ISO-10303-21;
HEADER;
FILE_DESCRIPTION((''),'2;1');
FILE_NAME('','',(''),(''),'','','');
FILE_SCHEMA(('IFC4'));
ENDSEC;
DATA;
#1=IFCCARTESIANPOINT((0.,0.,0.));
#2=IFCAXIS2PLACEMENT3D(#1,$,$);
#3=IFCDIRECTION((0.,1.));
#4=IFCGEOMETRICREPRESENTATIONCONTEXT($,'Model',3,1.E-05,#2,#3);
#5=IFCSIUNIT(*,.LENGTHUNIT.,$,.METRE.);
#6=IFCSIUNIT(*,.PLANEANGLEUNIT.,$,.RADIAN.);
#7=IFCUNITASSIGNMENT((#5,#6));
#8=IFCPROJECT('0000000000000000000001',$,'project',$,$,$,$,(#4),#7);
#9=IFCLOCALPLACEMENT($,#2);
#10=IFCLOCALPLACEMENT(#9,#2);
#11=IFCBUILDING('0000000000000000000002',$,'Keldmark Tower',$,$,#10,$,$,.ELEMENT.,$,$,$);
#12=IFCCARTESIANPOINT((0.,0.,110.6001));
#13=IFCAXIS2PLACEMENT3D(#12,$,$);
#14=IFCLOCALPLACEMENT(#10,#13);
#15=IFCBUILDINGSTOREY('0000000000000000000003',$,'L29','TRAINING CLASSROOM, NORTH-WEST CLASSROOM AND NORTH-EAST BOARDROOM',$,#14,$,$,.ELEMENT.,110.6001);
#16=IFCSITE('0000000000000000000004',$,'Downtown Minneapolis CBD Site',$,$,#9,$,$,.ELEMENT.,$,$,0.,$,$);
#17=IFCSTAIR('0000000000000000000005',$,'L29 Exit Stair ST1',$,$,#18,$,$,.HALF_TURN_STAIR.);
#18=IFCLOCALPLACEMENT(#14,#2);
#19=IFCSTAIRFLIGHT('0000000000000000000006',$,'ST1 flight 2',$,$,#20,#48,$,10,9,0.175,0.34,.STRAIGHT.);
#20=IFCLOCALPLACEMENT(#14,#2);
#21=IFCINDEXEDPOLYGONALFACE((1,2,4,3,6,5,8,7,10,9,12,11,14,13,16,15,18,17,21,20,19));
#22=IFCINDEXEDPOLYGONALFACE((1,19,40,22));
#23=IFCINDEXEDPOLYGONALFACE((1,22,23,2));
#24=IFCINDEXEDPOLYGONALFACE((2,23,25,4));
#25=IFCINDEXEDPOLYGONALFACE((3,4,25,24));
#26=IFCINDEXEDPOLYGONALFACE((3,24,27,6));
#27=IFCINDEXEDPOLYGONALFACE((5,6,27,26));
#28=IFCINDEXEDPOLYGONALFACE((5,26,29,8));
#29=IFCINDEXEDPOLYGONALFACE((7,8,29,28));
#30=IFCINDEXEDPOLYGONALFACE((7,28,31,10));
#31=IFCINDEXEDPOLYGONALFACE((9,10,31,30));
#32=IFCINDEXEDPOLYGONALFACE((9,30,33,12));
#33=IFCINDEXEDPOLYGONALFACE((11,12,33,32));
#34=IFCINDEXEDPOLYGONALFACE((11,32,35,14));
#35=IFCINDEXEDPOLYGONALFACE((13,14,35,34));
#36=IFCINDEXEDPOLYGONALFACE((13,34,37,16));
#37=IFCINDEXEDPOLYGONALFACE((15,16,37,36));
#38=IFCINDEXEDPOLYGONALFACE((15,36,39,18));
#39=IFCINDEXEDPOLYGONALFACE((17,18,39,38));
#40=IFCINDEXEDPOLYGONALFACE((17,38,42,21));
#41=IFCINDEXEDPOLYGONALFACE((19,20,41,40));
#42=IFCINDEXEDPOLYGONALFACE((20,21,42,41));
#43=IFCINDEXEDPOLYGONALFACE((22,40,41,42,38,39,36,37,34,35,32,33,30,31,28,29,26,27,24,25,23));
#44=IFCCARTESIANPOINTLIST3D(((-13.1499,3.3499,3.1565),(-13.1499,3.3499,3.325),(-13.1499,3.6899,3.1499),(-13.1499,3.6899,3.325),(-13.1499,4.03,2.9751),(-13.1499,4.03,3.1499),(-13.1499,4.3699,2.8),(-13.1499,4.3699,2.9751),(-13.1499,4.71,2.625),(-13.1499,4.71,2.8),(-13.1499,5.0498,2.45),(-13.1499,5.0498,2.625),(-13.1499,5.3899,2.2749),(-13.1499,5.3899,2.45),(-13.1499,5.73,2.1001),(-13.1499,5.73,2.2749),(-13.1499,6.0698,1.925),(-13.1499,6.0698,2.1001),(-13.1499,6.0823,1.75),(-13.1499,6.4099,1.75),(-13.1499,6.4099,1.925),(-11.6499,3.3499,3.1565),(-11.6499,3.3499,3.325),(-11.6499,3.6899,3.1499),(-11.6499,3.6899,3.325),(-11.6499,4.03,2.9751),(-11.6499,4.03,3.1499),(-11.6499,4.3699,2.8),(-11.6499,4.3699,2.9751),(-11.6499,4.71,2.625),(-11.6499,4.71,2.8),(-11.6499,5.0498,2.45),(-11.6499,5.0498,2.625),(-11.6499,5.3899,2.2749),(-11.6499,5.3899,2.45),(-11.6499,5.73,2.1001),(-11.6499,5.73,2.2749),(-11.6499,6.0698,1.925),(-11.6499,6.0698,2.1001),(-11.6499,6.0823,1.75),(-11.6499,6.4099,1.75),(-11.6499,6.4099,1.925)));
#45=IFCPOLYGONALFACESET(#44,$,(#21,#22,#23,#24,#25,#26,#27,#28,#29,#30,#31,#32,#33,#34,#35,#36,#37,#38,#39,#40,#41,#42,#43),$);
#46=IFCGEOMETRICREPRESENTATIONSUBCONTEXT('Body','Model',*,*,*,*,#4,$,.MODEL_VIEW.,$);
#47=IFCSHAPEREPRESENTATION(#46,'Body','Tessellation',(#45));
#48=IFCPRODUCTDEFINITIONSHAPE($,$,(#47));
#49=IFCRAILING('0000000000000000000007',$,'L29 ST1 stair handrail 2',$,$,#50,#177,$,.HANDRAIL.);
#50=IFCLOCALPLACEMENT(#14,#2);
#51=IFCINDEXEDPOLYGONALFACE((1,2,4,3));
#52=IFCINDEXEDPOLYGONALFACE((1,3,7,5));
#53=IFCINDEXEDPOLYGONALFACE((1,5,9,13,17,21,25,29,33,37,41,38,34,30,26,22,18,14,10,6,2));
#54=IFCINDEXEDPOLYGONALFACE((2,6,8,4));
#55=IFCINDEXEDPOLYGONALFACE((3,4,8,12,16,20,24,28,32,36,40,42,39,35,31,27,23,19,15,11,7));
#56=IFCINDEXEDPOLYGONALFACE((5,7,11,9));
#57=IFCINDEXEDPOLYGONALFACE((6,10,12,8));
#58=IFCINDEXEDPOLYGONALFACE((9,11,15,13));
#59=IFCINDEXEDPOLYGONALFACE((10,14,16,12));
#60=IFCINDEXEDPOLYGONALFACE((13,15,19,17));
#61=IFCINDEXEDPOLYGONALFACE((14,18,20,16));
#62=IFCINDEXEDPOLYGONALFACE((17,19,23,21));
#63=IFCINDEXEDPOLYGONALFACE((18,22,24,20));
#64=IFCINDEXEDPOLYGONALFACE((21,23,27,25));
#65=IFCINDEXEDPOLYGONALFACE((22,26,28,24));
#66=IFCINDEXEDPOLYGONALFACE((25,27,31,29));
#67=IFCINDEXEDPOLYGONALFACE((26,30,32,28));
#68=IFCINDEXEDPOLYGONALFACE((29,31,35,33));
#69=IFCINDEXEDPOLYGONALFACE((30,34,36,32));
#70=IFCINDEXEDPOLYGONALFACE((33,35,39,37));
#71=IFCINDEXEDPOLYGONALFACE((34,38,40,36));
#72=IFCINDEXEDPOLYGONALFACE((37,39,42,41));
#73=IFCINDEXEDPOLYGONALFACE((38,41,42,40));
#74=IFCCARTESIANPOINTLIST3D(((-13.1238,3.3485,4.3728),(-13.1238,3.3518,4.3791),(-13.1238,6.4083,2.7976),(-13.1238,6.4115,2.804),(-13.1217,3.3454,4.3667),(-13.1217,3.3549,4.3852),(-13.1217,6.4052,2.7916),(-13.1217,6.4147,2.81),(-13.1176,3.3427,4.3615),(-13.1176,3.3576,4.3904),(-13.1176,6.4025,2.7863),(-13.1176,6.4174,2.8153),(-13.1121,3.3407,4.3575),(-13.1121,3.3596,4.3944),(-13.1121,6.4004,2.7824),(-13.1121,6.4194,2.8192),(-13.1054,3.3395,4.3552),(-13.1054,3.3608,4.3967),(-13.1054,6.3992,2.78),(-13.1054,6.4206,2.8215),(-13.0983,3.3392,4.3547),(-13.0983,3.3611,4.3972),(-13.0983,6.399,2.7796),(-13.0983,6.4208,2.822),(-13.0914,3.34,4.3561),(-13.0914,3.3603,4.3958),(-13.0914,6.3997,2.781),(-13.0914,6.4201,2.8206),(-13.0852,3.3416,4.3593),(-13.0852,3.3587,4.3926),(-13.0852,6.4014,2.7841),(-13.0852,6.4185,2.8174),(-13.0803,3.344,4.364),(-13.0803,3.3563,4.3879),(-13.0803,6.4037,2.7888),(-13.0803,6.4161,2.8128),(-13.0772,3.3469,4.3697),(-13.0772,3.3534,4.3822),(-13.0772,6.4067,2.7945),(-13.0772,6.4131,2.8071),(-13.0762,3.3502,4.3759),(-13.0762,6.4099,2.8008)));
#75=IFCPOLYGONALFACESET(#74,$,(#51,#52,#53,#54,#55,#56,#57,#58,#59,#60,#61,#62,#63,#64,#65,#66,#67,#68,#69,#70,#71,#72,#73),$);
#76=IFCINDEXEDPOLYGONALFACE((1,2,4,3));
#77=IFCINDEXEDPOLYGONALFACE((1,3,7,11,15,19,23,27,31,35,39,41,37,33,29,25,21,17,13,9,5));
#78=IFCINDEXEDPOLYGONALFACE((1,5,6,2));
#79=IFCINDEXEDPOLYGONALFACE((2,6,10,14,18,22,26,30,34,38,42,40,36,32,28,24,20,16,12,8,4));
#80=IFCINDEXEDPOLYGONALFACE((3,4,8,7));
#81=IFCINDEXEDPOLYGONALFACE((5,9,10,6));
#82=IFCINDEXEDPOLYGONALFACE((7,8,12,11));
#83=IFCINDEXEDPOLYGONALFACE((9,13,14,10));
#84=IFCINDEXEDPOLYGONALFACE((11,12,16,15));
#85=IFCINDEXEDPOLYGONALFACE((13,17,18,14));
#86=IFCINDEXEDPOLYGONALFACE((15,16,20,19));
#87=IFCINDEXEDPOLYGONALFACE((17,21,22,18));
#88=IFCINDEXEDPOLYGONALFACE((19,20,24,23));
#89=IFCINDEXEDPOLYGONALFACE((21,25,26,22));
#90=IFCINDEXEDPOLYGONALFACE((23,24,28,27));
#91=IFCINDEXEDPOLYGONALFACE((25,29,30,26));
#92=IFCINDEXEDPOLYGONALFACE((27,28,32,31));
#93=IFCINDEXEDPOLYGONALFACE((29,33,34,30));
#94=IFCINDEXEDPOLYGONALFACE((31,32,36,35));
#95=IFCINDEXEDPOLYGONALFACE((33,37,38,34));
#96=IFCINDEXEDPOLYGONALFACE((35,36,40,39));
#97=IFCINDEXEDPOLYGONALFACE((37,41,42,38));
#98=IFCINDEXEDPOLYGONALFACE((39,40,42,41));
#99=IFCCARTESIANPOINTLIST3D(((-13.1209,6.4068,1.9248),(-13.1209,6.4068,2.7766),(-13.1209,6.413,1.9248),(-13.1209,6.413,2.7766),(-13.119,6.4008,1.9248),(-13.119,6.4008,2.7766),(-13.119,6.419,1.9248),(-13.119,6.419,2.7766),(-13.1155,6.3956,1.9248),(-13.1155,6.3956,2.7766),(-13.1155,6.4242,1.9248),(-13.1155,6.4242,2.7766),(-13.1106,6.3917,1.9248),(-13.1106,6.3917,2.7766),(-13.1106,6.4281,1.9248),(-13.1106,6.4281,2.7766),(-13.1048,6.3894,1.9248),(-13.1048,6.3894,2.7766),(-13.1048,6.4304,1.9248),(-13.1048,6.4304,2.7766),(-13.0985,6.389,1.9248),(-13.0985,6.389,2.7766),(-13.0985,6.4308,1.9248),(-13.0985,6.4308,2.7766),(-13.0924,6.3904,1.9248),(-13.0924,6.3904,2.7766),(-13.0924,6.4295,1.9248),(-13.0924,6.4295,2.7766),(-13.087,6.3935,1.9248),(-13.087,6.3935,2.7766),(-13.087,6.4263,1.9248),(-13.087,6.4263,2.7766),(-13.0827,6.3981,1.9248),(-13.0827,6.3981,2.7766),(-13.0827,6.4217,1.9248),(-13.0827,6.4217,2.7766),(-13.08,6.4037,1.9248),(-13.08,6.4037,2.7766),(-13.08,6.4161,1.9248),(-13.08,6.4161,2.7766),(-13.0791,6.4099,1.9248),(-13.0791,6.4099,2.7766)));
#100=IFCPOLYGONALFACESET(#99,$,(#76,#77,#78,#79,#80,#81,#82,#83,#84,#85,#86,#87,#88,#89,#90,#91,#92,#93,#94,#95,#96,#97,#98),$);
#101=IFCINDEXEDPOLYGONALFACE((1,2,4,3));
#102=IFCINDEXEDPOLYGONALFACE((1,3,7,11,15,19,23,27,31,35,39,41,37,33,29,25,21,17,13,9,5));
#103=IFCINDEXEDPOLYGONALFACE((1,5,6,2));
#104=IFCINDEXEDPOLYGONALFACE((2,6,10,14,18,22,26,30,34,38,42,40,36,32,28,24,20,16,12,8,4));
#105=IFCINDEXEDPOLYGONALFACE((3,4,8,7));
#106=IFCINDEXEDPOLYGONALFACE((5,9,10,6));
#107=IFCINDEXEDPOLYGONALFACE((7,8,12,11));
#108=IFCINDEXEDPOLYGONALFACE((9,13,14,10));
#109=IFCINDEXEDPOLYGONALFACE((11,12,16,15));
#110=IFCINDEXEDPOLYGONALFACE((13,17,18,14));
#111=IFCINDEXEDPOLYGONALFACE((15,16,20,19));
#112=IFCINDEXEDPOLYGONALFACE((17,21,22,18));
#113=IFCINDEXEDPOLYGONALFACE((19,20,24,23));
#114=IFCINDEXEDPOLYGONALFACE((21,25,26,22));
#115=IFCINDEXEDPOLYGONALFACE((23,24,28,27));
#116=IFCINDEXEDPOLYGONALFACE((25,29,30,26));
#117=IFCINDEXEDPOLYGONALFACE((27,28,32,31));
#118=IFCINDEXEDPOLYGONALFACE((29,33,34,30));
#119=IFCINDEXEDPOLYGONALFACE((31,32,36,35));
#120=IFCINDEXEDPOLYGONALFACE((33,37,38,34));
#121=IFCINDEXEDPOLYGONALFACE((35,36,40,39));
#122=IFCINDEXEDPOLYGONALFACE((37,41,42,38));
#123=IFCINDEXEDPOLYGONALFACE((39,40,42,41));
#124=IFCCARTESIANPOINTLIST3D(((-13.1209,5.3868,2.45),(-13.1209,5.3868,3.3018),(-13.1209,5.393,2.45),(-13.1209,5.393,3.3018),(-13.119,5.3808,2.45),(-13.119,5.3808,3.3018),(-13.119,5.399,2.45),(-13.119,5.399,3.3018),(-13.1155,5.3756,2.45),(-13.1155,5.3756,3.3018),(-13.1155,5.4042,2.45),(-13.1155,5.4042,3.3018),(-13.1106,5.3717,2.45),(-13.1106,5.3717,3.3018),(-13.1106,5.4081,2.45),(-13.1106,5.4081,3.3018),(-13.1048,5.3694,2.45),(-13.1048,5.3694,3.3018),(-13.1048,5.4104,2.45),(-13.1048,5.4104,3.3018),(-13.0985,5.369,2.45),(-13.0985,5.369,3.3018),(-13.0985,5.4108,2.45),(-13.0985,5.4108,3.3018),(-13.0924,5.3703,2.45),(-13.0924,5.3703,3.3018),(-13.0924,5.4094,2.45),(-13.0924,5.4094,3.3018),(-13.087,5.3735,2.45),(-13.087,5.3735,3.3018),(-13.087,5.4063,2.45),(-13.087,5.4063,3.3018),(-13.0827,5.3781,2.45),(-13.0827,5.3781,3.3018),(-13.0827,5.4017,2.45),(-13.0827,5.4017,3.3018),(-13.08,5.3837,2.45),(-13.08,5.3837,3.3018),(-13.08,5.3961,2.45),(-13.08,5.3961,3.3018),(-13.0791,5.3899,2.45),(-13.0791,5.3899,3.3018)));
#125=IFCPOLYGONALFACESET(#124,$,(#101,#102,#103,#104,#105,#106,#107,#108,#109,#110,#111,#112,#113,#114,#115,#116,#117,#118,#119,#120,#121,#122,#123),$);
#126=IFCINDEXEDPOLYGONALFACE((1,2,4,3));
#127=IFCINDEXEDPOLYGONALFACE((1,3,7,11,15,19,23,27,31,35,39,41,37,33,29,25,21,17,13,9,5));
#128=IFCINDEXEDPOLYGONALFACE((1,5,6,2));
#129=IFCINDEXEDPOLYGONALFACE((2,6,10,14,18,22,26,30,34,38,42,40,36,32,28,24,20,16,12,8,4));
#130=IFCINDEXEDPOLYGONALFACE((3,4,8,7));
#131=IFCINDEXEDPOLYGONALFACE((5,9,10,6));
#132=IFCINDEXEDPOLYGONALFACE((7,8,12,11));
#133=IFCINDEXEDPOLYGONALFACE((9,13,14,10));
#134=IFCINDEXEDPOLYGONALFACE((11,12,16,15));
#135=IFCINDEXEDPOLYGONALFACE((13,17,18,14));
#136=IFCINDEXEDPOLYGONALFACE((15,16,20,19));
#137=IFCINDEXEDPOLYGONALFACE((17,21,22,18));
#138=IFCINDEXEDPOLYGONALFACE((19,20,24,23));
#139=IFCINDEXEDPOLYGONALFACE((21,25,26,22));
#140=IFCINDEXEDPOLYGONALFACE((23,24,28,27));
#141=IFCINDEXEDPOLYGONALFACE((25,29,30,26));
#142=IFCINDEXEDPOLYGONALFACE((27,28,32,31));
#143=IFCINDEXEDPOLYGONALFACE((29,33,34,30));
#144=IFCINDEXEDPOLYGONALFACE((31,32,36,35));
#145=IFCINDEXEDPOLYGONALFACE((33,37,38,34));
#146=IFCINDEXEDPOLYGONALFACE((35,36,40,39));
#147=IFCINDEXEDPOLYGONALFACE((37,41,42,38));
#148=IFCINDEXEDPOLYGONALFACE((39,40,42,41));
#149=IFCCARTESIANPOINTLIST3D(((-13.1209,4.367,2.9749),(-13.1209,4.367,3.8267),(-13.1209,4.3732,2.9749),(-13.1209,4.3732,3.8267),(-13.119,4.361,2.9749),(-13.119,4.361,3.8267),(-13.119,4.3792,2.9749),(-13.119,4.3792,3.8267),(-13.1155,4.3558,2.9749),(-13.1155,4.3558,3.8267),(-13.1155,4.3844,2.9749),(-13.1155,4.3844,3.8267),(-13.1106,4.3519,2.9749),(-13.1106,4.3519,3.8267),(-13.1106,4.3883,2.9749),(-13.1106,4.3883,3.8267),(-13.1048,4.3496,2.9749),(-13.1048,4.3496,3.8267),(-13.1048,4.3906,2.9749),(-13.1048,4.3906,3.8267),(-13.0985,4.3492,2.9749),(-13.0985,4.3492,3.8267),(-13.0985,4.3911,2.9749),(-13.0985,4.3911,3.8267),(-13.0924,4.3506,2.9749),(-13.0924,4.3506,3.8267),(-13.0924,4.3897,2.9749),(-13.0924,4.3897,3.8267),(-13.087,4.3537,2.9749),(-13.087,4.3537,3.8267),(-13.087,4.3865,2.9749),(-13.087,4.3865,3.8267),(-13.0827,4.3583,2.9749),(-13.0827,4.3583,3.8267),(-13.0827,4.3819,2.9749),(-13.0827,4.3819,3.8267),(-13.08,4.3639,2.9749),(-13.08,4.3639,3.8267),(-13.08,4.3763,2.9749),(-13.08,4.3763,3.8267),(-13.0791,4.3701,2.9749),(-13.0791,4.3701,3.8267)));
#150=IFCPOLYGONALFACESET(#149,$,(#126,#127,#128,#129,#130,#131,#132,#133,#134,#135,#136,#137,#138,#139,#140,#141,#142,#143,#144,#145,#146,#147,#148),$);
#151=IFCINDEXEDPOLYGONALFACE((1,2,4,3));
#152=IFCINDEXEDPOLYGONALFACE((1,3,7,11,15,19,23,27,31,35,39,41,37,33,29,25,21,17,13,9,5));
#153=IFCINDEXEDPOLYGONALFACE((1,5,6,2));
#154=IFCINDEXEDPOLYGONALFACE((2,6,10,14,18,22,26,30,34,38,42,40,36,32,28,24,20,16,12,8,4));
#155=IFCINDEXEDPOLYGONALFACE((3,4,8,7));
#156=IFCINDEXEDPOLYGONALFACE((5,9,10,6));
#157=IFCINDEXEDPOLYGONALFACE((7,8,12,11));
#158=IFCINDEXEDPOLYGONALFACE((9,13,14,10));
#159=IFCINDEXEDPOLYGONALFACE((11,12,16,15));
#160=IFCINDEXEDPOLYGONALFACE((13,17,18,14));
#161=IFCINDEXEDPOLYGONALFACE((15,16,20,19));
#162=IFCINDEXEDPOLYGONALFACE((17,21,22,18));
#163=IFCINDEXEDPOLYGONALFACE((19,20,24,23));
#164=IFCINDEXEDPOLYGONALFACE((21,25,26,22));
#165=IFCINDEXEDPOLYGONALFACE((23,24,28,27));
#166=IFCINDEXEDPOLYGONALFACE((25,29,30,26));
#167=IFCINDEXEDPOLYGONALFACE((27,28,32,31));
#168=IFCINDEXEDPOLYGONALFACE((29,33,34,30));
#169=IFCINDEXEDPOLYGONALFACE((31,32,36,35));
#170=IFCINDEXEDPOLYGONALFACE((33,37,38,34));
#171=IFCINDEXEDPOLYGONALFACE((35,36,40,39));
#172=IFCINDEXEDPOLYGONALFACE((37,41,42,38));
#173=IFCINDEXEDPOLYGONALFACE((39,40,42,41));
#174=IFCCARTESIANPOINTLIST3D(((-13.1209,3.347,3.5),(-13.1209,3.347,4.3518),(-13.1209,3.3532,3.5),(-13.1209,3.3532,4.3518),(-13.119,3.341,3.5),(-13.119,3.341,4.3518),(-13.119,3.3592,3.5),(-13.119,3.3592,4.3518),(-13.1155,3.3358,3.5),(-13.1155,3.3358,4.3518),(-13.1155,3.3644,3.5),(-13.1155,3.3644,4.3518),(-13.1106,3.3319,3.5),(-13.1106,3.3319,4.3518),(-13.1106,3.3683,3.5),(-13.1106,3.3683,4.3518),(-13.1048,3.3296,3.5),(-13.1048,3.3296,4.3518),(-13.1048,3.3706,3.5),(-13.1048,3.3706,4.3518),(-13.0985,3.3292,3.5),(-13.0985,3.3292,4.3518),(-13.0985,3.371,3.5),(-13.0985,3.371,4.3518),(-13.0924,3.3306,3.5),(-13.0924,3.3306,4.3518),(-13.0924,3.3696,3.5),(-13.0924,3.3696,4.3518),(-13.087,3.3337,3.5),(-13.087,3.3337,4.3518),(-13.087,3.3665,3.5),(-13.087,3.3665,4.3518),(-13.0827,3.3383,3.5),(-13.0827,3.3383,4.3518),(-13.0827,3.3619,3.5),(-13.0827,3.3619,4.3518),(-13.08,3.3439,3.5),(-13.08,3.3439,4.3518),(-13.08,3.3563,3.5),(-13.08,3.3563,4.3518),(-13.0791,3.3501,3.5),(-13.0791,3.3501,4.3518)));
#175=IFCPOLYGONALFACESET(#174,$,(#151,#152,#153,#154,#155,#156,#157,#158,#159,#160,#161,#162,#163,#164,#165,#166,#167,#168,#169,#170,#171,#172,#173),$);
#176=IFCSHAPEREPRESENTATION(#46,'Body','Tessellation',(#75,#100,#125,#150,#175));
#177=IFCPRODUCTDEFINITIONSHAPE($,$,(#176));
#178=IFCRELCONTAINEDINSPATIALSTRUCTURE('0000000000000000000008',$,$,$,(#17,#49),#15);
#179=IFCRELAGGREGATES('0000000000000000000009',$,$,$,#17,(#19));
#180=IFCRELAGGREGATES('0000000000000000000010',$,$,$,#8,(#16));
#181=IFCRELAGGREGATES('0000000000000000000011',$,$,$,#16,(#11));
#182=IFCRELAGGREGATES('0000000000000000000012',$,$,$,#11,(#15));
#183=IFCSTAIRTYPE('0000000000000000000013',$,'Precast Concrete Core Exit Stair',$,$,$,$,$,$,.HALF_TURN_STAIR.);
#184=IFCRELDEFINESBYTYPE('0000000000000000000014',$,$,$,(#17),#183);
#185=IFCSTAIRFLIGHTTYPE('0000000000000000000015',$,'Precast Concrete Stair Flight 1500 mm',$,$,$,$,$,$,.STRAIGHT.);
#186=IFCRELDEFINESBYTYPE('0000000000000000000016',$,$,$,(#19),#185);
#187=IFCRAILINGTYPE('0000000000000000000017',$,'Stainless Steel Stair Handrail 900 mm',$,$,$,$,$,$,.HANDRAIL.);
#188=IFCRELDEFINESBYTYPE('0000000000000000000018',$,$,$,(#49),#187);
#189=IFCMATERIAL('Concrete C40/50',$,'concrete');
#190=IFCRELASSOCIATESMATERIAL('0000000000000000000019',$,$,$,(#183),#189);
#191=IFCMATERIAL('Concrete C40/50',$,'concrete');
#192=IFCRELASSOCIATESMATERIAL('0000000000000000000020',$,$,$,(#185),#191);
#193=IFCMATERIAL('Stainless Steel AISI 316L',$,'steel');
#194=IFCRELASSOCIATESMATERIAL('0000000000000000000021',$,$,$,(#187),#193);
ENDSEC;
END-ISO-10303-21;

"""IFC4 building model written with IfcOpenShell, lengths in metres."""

from ifc_helpers import new_model, si_unit, direction, frame, origin, origin_2d, place, context, subcontext, project, spatial, polyline, circle, outline, extrude, material, type_object, element, aggregate, save


model = new_model("IFC4")

# Units and contexts
model_context = context("Model", 3, precision=1e-05, world=origin(), true_north=direction((0.0, 1.0)))
body_context = subcontext(model_context, "Body", "Model", "MODEL_VIEW")
ifc_project = project(units=[si_unit("LENGTHUNIT", "METRE"), si_unit("PLANEANGLEUNIT", "RADIAN")], contexts=[model_context])

# Site, building, storey
site_placement = place(None, origin())
site = spatial("IfcSite", under=ifc_project, at=site_placement, Name="Downtown Minneapolis CBD Site", CompositionType="ELEMENT", RefElevation=0.0)
building_placement = place(site_placement, origin())
building = spatial("IfcBuilding", under=site, at=building_placement, Name="Keldmark Tower", CompositionType="ELEMENT")
storey_placement = place(building_placement, frame((0.0, 0.0, 110.6001)))
storey = spatial("IfcBuildingStorey", under=building, at=storey_placement, Name="L29", Description="TRAINING CLASSROOM, NORTH-WEST CLASSROOM AND NORTH-EAST BOARDROOM", CompositionType="ELEMENT", Elevation=110.6001)

# Stair, stair flight
ifc_material_1 = material(Name="Concrete C40/50", Category="concrete")
stair_type = type_object("IfcStairType", Name="Precast Concrete Core Exit Stair", PredefinedType="HALF_TURN_STAIR", material=ifc_material_1)
stair_placement = place(storey_placement, origin())
stair = element("IfcStair", 1, at=stair_placement, inside=storey, type_object=stair_type, Name="L29 Exit Stair ST1", PredefinedType="HALF_TURN_STAIR")
ifc_material_2 = material(Name="Concrete C40/50", Category="concrete")
stair_flight_type = type_object("IfcStairFlightType", Name="Precast Concrete Stair Flight 1500 mm", PredefinedType="STRAIGHT", material=ifc_material_2)
stair_flight_placement = place(storey_placement, frame((-12.3999, 6.4099, 1.75), z_axis=(0.0, 0.0, 1.0), x_axis=(0.0, -1.0, 0.0)))
stair_flight = element("IfcStairFlight", 2, at=stair_flight_placement, type_object=stair_flight_type, Name="ST1 flight 2", NumberOfRisers=10, NumberOfTreads=9, PredefinedType="STRAIGHT", RiserHeight=0.175, TreadLength=0.34, context=body_context, shape_type="SweptSolid", body=[
    extrude(outline(polyline([(0.0, 0.0), (0.0, 0.175), (0.3401, 0.175), (0.3401, 0.3501), (0.6799, 0.3501), (0.6799, 0.5249), (1.02, 0.5249), (1.02, 0.7), (1.3601, 0.7), (1.3601, 0.875), (1.7, 0.875), (1.7, 1.05), (2.04, 1.05), (2.04, 1.2251), (2.3799, 1.2251), (2.3799, 1.3999), (2.72, 1.3999), (2.72, 1.575), (3.0601, 1.575), (3.0601, 1.75), (3.0601, 1.4065), (0.3276, 0.0), (0.0, 0.0)])), frame((0.0, 0.75, 0.0), z_axis=(0.0, -1.0, 0.0), x_axis=(1.0, 0.0, 0.0)), (0.0, 0.0, 1.0), 1.5),
])
aggregate(stair, [stair_flight])

# Railing
ifc_material_3 = material(Name="Stainless Steel AISI 316L", Category="steel")
railing_type = type_object("IfcRailingType", Name="Stainless Steel Stair Handrail 900 mm", PredefinedType="HANDRAIL", material=ifc_material_3)
railing_placement = place(storey_placement, frame((-13.1001, 6.4099, 1.9248)))
element("IfcRailing", 3, at=railing_placement, inside=storey, type_object=railing_type, Name="L29 ST1 stair handrail 2", PredefinedType="HANDRAIL", context=body_context, shape_type="SweptSolid", body=[
    extrude(circle(Radius=0.0239, at=origin_2d()), frame((0.0, 0.0, 0.876), z_axis=(0.0, -0.889101, 0.45771), x_axis=(1.0, 0.0, 0.0)), (0.0, 0.0, 1.0), 3.4414),
    extrude(circle(Radius=0.021, at=origin_2d()), origin(), (0.0, 0.0, 1.0), 0.8518),
    extrude(circle(Radius=0.021, at=origin_2d()), frame((0.0, -1.02, 0.5251)), (0.0, 0.0, 1.0), 0.8518),
    extrude(circle(Radius=0.021, at=origin_2d()), frame((0.0, -2.0398, 1.05)), (0.0, 0.0, 1.0), 0.8518),
    extrude(circle(Radius=0.021, at=origin_2d()), frame((0.0, -3.0598, 1.5752)), (0.0, 0.0, 1.0), 0.8518),
])

save(model, "model.ifc")
